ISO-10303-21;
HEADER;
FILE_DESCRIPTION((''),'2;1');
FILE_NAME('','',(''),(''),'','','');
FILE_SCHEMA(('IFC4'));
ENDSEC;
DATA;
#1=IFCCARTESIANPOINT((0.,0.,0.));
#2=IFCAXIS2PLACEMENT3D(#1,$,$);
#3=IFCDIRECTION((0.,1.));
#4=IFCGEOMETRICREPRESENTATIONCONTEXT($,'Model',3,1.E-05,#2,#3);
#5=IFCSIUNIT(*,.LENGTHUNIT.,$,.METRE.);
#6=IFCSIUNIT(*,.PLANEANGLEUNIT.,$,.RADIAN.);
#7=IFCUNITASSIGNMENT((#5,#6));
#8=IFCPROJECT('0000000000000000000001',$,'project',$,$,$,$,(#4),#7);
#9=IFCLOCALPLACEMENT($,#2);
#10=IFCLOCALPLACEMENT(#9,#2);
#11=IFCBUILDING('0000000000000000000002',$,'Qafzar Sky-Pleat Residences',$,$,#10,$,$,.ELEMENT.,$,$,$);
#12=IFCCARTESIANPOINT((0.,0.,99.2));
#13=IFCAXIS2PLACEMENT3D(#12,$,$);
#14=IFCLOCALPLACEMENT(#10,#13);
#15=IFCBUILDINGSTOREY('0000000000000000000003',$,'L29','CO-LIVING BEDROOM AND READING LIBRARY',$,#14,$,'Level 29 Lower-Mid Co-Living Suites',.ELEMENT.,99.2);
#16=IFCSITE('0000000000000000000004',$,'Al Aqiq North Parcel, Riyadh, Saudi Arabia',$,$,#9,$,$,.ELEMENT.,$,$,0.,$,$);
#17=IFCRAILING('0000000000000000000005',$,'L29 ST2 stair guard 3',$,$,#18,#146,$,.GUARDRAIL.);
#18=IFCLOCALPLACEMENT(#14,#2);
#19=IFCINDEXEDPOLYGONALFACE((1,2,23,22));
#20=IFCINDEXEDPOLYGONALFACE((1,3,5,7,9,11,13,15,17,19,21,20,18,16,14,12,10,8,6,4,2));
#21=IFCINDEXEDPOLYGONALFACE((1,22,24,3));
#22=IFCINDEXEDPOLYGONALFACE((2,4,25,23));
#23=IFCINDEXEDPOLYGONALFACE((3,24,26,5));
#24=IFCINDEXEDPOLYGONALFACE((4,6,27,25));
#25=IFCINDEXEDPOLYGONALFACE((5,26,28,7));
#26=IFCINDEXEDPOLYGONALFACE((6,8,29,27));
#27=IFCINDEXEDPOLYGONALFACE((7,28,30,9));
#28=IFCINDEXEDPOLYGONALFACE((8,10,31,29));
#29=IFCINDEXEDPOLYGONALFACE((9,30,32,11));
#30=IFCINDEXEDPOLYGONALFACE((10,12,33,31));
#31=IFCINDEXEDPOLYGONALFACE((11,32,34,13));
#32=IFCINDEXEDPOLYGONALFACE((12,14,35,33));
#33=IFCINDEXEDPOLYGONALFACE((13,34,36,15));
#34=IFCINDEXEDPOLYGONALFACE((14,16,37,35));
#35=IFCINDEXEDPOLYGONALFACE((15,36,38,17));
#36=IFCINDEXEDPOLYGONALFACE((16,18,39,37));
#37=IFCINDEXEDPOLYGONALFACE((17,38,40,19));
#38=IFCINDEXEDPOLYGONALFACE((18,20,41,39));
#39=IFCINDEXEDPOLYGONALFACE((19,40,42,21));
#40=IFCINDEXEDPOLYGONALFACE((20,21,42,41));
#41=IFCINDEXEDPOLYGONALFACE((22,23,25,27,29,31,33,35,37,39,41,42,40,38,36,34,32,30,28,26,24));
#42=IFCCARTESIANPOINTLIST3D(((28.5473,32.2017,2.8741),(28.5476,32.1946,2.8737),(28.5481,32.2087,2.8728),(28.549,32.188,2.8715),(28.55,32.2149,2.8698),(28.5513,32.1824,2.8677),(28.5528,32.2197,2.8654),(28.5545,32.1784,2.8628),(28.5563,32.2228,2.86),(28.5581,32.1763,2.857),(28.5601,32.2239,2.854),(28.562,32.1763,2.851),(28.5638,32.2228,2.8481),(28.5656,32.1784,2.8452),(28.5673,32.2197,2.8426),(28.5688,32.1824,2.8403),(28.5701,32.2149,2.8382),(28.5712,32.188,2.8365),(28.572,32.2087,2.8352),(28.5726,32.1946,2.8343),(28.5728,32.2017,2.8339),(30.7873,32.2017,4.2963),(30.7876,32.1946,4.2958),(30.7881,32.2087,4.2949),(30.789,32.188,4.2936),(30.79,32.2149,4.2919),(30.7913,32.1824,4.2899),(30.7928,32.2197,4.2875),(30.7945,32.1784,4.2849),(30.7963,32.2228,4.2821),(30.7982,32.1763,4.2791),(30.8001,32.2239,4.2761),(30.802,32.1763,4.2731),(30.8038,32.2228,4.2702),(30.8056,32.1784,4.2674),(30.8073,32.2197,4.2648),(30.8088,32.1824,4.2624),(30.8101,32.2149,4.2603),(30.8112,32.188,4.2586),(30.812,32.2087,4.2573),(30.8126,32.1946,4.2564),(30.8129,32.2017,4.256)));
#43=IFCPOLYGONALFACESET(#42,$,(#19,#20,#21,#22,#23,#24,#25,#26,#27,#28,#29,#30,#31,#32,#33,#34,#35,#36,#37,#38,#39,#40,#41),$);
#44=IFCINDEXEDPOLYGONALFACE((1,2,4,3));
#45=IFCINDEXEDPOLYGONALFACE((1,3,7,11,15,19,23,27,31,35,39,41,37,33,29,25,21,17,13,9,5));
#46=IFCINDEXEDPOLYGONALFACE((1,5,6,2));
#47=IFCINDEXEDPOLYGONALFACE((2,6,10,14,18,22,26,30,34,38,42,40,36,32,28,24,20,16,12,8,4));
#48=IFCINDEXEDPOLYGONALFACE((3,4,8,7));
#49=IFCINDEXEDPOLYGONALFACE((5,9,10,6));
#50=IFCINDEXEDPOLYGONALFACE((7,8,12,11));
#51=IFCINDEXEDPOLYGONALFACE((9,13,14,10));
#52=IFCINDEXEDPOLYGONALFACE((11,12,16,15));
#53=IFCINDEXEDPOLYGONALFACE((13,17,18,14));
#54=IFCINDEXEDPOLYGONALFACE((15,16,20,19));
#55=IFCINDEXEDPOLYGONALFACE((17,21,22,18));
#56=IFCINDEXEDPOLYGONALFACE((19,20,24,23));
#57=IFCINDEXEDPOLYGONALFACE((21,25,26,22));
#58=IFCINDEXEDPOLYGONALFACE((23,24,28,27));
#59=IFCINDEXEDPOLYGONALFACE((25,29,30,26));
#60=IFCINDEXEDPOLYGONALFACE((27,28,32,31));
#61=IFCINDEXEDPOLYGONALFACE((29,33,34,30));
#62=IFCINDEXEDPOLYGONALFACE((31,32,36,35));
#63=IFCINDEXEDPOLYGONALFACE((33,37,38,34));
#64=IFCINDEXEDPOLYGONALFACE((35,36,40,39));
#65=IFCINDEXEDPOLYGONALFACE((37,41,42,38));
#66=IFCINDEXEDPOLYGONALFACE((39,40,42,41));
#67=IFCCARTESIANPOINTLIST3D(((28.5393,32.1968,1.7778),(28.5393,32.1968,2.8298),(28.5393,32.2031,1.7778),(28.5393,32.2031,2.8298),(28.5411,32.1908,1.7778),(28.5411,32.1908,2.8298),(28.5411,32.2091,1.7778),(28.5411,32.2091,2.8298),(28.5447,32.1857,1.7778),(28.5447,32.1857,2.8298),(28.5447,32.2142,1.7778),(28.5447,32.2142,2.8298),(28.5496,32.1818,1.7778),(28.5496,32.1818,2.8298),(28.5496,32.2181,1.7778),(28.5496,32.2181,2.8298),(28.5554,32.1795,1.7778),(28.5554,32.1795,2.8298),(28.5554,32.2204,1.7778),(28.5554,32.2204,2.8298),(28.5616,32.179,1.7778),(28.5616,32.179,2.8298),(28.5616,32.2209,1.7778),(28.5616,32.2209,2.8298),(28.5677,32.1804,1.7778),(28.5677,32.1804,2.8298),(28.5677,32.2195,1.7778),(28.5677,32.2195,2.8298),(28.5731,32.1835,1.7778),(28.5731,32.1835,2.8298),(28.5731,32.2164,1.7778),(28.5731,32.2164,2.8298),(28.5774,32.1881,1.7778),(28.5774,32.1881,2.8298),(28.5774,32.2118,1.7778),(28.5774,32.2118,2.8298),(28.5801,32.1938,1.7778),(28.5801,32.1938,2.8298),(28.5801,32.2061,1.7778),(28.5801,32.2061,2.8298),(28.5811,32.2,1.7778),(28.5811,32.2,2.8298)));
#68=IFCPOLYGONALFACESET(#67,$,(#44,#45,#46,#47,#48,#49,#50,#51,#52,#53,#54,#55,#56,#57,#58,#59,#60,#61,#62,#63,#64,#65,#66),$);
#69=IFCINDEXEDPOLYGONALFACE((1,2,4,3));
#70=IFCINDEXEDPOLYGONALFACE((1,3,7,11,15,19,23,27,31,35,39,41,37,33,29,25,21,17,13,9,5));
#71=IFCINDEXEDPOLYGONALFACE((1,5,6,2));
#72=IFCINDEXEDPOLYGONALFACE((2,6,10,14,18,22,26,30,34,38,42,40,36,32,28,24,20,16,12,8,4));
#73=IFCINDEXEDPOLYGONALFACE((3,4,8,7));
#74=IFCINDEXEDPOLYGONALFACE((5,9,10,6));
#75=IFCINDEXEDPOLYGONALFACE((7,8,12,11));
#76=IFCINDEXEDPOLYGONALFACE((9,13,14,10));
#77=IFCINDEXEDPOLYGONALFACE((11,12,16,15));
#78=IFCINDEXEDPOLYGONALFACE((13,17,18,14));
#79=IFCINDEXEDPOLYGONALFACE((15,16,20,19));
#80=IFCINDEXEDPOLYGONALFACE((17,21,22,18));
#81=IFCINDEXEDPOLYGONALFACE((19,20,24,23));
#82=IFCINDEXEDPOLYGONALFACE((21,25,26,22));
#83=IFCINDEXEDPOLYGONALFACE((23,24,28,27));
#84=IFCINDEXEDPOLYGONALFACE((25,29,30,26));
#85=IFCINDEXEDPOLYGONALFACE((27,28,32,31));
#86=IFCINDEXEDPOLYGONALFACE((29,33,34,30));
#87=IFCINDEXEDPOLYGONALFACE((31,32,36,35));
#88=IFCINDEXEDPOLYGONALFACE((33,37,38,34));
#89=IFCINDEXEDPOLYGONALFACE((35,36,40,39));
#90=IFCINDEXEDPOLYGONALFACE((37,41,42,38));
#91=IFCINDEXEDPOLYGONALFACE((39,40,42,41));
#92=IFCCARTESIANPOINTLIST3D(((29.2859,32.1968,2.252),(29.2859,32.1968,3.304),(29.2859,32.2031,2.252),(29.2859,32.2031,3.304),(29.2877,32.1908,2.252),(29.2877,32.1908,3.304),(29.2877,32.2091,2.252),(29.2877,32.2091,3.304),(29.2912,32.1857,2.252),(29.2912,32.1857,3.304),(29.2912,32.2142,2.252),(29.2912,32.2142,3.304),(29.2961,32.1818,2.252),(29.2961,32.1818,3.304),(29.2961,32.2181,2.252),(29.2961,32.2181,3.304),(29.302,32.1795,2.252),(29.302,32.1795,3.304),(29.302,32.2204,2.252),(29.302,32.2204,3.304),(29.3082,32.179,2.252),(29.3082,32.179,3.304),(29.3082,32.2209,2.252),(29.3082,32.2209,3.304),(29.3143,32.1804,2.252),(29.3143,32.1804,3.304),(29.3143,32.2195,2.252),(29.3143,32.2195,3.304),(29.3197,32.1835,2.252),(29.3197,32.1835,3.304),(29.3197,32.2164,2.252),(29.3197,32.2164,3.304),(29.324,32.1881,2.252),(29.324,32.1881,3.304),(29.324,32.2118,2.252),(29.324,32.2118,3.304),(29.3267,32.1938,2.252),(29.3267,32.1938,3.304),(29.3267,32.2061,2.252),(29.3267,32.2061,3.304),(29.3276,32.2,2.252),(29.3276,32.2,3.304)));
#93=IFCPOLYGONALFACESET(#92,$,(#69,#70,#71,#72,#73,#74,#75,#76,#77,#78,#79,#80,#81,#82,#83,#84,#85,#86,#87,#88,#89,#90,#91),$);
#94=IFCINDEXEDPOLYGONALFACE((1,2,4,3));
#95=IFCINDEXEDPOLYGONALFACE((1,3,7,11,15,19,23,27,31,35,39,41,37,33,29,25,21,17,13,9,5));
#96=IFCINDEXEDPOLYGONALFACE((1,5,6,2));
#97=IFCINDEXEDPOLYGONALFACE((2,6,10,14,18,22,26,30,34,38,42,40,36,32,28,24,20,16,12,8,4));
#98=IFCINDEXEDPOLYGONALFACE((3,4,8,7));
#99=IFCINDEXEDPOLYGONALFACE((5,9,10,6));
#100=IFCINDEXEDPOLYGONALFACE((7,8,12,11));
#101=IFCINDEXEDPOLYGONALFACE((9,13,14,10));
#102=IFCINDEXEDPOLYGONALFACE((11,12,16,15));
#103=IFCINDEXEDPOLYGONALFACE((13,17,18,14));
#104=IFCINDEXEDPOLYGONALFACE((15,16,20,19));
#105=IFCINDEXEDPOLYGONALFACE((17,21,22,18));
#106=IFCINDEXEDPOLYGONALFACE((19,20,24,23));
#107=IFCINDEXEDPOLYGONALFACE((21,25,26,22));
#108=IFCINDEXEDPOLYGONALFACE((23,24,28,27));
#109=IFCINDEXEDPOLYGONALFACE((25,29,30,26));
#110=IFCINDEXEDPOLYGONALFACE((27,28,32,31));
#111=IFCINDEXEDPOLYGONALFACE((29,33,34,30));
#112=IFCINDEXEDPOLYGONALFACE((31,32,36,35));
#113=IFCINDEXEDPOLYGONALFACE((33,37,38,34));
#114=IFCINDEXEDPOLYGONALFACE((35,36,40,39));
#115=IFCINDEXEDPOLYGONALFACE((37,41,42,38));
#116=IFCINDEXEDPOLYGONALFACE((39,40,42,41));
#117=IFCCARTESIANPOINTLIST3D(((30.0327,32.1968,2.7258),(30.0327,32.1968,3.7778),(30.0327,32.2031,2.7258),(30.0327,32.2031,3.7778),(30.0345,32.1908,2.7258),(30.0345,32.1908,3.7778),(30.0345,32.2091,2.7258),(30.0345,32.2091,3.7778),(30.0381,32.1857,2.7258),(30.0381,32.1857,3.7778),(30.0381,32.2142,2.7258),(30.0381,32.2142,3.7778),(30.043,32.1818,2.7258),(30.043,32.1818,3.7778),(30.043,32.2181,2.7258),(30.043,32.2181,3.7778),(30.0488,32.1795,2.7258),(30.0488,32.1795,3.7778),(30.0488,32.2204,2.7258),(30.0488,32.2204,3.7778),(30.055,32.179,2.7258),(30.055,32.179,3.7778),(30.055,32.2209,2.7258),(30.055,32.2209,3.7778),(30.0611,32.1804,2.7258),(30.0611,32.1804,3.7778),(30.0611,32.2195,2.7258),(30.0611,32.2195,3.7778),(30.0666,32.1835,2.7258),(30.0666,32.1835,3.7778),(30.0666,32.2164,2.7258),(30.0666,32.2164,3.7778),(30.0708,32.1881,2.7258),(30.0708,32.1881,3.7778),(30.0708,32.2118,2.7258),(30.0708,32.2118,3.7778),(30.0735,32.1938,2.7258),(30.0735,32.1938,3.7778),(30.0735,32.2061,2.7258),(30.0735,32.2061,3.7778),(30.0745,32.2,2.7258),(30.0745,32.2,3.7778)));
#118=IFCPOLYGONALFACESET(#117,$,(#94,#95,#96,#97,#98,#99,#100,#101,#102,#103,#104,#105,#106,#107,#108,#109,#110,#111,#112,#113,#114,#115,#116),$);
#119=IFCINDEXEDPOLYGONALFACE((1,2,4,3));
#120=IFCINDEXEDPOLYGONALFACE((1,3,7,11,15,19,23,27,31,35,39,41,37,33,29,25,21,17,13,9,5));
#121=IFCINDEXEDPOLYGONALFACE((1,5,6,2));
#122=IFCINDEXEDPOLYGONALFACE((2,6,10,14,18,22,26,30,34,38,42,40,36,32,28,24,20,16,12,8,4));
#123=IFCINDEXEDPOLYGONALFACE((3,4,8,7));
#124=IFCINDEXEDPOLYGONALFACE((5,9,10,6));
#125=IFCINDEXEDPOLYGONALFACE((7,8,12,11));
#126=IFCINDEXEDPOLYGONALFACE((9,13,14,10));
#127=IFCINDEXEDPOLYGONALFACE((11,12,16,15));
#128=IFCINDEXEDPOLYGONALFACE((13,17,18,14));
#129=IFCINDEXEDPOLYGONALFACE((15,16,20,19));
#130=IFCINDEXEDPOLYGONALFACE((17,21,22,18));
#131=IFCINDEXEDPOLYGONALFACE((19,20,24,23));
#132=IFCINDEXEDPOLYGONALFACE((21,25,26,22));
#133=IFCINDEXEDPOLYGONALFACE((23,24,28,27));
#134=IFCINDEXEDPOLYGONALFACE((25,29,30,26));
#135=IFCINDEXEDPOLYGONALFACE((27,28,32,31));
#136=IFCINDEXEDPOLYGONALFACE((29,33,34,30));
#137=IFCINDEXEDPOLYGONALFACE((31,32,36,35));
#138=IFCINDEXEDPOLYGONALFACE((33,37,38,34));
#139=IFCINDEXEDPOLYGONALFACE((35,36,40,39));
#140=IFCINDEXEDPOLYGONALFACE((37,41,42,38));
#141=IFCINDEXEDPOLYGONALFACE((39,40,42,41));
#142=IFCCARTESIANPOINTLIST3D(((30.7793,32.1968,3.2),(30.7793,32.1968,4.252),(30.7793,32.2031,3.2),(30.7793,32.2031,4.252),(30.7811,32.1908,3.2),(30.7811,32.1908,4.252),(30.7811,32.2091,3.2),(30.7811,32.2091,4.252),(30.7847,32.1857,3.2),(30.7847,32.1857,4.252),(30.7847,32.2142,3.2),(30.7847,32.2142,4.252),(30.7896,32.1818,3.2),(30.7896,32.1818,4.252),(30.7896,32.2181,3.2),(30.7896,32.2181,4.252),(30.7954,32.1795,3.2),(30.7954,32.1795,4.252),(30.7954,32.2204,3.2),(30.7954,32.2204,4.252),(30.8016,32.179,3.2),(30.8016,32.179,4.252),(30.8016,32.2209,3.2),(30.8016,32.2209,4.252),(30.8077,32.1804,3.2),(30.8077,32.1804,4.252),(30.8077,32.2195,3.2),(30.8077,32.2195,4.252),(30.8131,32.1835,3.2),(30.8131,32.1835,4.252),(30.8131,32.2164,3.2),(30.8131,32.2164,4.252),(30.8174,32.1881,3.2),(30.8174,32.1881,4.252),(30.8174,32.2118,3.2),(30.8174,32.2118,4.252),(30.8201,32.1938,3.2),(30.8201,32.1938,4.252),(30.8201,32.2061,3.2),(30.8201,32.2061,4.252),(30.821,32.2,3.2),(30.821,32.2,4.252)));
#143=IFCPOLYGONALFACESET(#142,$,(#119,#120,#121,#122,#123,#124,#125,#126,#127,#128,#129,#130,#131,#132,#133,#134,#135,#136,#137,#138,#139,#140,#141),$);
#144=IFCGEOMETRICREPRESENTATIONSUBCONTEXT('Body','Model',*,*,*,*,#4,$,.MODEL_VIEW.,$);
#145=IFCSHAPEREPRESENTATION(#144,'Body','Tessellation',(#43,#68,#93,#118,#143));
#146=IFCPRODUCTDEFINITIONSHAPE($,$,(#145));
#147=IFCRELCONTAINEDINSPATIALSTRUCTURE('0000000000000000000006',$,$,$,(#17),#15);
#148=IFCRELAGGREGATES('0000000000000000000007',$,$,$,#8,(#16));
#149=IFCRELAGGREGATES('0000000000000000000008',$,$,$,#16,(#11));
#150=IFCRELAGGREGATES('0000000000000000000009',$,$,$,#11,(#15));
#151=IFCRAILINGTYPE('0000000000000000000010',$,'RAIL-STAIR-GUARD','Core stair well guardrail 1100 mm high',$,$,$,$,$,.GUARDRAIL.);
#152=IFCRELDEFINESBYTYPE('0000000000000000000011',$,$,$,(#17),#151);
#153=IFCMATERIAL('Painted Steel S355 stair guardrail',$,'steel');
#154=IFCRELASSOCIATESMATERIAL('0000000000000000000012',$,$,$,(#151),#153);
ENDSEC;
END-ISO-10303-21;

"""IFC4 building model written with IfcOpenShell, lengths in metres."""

from ifc_helpers import new_model, si_unit, direction, frame, origin, origin_2d, place, context, subcontext, project, spatial, circle, extrude, source, transform, mapped, material, type_object, element, save


model = new_model("IFC4")

# Units and contexts
model_context = context("Model", 3, precision=1e-05, world=origin(), true_north=direction((0.0, 1.0)))
body_context = subcontext(model_context, "Body", "Model", "MODEL_VIEW")
ifc_project = project(units=[si_unit("LENGTHUNIT", "METRE"), si_unit("PLANEANGLEUNIT", "RADIAN")], contexts=[model_context])

# Site, building, storey
site_placement = place(None, origin())
site = spatial("IfcSite", under=ifc_project, at=site_placement, Name="Al Aqiq North Parcel, Riyadh, Saudi Arabia", CompositionType="ELEMENT", RefElevation=0.0)
building_placement = place(site_placement, origin())
building = spatial("IfcBuilding", under=site, at=building_placement, Name="Qafzar Sky-Pleat Residences", CompositionType="ELEMENT")
storey_placement = place(building_placement, frame((0.0, 0.0, 99.2)))
storey = spatial("IfcBuildingStorey", under=building, at=storey_placement, Name="L29", Description="CO-LIVING BEDROOM AND READING LIBRARY", LongName="Level 29 Lower-Mid Co-Living Suites", CompositionType="ELEMENT", Elevation=99.2)

# Railing
ifc_material_1 = material(Name="Painted Steel S355 stair guardrail", Category="steel")
railing_type_1 = type_object("IfcRailingType", Name="RAIL-STAIR-GUARD", Description="Core stair well guardrail 1100 mm high", PredefinedType="GUARDRAIL", material=ifc_material_1)
shared_shape_1 = source(origin(), body_context, "Body", "SweptSolid", [
    extrude(circle(Radius=0.0239, at=origin_2d()), frame((0.0, 0.0, 1.0762), z_axis=(0.844229, 0.0, 0.535982), x_axis=(0.0, 1.0, 0.0)), (0.0, 0.0, 1.0), 2.6533),
    extrude(circle(Radius=0.021, at=origin_2d()), origin(), (0.0, 0.0, 1.0), 1.052),
    extrude(circle(Radius=0.021, at=origin_2d()), frame((0.7466, 0.0, 0.4741)), (0.0, 0.0, 1.0), 1.052),
    extrude(circle(Radius=0.021, at=origin_2d()), frame((1.4934, 0.0, 0.948)), (0.0, 0.0, 1.0), 1.052),
    extrude(circle(Radius=0.021, at=origin_2d()), frame((2.24, 0.0, 1.4221)), (0.0, 0.0, 1.0), 1.052),
])
railing_1_placement = place(storey_placement, frame((28.5601, 32.2, 1.7778)))
element("IfcRailing", 1, at=railing_1_placement, inside=storey, type_object=railing_type_1, Name="L29 ST2 stair guard 3", PredefinedType="GUARDRAIL", context=body_context, shape_type="MappedRepresentation", body=[
    mapped(shared_shape_1, transform((0.0, 0.0, 0.0), x_axis=(1.0, 0.0, 0.0), y_axis=(0.0, 1.0, 0.0), z_axis=(0.0, 0.0, 1.0), scale=1.0)),
])

save(model, "model.ifc")
